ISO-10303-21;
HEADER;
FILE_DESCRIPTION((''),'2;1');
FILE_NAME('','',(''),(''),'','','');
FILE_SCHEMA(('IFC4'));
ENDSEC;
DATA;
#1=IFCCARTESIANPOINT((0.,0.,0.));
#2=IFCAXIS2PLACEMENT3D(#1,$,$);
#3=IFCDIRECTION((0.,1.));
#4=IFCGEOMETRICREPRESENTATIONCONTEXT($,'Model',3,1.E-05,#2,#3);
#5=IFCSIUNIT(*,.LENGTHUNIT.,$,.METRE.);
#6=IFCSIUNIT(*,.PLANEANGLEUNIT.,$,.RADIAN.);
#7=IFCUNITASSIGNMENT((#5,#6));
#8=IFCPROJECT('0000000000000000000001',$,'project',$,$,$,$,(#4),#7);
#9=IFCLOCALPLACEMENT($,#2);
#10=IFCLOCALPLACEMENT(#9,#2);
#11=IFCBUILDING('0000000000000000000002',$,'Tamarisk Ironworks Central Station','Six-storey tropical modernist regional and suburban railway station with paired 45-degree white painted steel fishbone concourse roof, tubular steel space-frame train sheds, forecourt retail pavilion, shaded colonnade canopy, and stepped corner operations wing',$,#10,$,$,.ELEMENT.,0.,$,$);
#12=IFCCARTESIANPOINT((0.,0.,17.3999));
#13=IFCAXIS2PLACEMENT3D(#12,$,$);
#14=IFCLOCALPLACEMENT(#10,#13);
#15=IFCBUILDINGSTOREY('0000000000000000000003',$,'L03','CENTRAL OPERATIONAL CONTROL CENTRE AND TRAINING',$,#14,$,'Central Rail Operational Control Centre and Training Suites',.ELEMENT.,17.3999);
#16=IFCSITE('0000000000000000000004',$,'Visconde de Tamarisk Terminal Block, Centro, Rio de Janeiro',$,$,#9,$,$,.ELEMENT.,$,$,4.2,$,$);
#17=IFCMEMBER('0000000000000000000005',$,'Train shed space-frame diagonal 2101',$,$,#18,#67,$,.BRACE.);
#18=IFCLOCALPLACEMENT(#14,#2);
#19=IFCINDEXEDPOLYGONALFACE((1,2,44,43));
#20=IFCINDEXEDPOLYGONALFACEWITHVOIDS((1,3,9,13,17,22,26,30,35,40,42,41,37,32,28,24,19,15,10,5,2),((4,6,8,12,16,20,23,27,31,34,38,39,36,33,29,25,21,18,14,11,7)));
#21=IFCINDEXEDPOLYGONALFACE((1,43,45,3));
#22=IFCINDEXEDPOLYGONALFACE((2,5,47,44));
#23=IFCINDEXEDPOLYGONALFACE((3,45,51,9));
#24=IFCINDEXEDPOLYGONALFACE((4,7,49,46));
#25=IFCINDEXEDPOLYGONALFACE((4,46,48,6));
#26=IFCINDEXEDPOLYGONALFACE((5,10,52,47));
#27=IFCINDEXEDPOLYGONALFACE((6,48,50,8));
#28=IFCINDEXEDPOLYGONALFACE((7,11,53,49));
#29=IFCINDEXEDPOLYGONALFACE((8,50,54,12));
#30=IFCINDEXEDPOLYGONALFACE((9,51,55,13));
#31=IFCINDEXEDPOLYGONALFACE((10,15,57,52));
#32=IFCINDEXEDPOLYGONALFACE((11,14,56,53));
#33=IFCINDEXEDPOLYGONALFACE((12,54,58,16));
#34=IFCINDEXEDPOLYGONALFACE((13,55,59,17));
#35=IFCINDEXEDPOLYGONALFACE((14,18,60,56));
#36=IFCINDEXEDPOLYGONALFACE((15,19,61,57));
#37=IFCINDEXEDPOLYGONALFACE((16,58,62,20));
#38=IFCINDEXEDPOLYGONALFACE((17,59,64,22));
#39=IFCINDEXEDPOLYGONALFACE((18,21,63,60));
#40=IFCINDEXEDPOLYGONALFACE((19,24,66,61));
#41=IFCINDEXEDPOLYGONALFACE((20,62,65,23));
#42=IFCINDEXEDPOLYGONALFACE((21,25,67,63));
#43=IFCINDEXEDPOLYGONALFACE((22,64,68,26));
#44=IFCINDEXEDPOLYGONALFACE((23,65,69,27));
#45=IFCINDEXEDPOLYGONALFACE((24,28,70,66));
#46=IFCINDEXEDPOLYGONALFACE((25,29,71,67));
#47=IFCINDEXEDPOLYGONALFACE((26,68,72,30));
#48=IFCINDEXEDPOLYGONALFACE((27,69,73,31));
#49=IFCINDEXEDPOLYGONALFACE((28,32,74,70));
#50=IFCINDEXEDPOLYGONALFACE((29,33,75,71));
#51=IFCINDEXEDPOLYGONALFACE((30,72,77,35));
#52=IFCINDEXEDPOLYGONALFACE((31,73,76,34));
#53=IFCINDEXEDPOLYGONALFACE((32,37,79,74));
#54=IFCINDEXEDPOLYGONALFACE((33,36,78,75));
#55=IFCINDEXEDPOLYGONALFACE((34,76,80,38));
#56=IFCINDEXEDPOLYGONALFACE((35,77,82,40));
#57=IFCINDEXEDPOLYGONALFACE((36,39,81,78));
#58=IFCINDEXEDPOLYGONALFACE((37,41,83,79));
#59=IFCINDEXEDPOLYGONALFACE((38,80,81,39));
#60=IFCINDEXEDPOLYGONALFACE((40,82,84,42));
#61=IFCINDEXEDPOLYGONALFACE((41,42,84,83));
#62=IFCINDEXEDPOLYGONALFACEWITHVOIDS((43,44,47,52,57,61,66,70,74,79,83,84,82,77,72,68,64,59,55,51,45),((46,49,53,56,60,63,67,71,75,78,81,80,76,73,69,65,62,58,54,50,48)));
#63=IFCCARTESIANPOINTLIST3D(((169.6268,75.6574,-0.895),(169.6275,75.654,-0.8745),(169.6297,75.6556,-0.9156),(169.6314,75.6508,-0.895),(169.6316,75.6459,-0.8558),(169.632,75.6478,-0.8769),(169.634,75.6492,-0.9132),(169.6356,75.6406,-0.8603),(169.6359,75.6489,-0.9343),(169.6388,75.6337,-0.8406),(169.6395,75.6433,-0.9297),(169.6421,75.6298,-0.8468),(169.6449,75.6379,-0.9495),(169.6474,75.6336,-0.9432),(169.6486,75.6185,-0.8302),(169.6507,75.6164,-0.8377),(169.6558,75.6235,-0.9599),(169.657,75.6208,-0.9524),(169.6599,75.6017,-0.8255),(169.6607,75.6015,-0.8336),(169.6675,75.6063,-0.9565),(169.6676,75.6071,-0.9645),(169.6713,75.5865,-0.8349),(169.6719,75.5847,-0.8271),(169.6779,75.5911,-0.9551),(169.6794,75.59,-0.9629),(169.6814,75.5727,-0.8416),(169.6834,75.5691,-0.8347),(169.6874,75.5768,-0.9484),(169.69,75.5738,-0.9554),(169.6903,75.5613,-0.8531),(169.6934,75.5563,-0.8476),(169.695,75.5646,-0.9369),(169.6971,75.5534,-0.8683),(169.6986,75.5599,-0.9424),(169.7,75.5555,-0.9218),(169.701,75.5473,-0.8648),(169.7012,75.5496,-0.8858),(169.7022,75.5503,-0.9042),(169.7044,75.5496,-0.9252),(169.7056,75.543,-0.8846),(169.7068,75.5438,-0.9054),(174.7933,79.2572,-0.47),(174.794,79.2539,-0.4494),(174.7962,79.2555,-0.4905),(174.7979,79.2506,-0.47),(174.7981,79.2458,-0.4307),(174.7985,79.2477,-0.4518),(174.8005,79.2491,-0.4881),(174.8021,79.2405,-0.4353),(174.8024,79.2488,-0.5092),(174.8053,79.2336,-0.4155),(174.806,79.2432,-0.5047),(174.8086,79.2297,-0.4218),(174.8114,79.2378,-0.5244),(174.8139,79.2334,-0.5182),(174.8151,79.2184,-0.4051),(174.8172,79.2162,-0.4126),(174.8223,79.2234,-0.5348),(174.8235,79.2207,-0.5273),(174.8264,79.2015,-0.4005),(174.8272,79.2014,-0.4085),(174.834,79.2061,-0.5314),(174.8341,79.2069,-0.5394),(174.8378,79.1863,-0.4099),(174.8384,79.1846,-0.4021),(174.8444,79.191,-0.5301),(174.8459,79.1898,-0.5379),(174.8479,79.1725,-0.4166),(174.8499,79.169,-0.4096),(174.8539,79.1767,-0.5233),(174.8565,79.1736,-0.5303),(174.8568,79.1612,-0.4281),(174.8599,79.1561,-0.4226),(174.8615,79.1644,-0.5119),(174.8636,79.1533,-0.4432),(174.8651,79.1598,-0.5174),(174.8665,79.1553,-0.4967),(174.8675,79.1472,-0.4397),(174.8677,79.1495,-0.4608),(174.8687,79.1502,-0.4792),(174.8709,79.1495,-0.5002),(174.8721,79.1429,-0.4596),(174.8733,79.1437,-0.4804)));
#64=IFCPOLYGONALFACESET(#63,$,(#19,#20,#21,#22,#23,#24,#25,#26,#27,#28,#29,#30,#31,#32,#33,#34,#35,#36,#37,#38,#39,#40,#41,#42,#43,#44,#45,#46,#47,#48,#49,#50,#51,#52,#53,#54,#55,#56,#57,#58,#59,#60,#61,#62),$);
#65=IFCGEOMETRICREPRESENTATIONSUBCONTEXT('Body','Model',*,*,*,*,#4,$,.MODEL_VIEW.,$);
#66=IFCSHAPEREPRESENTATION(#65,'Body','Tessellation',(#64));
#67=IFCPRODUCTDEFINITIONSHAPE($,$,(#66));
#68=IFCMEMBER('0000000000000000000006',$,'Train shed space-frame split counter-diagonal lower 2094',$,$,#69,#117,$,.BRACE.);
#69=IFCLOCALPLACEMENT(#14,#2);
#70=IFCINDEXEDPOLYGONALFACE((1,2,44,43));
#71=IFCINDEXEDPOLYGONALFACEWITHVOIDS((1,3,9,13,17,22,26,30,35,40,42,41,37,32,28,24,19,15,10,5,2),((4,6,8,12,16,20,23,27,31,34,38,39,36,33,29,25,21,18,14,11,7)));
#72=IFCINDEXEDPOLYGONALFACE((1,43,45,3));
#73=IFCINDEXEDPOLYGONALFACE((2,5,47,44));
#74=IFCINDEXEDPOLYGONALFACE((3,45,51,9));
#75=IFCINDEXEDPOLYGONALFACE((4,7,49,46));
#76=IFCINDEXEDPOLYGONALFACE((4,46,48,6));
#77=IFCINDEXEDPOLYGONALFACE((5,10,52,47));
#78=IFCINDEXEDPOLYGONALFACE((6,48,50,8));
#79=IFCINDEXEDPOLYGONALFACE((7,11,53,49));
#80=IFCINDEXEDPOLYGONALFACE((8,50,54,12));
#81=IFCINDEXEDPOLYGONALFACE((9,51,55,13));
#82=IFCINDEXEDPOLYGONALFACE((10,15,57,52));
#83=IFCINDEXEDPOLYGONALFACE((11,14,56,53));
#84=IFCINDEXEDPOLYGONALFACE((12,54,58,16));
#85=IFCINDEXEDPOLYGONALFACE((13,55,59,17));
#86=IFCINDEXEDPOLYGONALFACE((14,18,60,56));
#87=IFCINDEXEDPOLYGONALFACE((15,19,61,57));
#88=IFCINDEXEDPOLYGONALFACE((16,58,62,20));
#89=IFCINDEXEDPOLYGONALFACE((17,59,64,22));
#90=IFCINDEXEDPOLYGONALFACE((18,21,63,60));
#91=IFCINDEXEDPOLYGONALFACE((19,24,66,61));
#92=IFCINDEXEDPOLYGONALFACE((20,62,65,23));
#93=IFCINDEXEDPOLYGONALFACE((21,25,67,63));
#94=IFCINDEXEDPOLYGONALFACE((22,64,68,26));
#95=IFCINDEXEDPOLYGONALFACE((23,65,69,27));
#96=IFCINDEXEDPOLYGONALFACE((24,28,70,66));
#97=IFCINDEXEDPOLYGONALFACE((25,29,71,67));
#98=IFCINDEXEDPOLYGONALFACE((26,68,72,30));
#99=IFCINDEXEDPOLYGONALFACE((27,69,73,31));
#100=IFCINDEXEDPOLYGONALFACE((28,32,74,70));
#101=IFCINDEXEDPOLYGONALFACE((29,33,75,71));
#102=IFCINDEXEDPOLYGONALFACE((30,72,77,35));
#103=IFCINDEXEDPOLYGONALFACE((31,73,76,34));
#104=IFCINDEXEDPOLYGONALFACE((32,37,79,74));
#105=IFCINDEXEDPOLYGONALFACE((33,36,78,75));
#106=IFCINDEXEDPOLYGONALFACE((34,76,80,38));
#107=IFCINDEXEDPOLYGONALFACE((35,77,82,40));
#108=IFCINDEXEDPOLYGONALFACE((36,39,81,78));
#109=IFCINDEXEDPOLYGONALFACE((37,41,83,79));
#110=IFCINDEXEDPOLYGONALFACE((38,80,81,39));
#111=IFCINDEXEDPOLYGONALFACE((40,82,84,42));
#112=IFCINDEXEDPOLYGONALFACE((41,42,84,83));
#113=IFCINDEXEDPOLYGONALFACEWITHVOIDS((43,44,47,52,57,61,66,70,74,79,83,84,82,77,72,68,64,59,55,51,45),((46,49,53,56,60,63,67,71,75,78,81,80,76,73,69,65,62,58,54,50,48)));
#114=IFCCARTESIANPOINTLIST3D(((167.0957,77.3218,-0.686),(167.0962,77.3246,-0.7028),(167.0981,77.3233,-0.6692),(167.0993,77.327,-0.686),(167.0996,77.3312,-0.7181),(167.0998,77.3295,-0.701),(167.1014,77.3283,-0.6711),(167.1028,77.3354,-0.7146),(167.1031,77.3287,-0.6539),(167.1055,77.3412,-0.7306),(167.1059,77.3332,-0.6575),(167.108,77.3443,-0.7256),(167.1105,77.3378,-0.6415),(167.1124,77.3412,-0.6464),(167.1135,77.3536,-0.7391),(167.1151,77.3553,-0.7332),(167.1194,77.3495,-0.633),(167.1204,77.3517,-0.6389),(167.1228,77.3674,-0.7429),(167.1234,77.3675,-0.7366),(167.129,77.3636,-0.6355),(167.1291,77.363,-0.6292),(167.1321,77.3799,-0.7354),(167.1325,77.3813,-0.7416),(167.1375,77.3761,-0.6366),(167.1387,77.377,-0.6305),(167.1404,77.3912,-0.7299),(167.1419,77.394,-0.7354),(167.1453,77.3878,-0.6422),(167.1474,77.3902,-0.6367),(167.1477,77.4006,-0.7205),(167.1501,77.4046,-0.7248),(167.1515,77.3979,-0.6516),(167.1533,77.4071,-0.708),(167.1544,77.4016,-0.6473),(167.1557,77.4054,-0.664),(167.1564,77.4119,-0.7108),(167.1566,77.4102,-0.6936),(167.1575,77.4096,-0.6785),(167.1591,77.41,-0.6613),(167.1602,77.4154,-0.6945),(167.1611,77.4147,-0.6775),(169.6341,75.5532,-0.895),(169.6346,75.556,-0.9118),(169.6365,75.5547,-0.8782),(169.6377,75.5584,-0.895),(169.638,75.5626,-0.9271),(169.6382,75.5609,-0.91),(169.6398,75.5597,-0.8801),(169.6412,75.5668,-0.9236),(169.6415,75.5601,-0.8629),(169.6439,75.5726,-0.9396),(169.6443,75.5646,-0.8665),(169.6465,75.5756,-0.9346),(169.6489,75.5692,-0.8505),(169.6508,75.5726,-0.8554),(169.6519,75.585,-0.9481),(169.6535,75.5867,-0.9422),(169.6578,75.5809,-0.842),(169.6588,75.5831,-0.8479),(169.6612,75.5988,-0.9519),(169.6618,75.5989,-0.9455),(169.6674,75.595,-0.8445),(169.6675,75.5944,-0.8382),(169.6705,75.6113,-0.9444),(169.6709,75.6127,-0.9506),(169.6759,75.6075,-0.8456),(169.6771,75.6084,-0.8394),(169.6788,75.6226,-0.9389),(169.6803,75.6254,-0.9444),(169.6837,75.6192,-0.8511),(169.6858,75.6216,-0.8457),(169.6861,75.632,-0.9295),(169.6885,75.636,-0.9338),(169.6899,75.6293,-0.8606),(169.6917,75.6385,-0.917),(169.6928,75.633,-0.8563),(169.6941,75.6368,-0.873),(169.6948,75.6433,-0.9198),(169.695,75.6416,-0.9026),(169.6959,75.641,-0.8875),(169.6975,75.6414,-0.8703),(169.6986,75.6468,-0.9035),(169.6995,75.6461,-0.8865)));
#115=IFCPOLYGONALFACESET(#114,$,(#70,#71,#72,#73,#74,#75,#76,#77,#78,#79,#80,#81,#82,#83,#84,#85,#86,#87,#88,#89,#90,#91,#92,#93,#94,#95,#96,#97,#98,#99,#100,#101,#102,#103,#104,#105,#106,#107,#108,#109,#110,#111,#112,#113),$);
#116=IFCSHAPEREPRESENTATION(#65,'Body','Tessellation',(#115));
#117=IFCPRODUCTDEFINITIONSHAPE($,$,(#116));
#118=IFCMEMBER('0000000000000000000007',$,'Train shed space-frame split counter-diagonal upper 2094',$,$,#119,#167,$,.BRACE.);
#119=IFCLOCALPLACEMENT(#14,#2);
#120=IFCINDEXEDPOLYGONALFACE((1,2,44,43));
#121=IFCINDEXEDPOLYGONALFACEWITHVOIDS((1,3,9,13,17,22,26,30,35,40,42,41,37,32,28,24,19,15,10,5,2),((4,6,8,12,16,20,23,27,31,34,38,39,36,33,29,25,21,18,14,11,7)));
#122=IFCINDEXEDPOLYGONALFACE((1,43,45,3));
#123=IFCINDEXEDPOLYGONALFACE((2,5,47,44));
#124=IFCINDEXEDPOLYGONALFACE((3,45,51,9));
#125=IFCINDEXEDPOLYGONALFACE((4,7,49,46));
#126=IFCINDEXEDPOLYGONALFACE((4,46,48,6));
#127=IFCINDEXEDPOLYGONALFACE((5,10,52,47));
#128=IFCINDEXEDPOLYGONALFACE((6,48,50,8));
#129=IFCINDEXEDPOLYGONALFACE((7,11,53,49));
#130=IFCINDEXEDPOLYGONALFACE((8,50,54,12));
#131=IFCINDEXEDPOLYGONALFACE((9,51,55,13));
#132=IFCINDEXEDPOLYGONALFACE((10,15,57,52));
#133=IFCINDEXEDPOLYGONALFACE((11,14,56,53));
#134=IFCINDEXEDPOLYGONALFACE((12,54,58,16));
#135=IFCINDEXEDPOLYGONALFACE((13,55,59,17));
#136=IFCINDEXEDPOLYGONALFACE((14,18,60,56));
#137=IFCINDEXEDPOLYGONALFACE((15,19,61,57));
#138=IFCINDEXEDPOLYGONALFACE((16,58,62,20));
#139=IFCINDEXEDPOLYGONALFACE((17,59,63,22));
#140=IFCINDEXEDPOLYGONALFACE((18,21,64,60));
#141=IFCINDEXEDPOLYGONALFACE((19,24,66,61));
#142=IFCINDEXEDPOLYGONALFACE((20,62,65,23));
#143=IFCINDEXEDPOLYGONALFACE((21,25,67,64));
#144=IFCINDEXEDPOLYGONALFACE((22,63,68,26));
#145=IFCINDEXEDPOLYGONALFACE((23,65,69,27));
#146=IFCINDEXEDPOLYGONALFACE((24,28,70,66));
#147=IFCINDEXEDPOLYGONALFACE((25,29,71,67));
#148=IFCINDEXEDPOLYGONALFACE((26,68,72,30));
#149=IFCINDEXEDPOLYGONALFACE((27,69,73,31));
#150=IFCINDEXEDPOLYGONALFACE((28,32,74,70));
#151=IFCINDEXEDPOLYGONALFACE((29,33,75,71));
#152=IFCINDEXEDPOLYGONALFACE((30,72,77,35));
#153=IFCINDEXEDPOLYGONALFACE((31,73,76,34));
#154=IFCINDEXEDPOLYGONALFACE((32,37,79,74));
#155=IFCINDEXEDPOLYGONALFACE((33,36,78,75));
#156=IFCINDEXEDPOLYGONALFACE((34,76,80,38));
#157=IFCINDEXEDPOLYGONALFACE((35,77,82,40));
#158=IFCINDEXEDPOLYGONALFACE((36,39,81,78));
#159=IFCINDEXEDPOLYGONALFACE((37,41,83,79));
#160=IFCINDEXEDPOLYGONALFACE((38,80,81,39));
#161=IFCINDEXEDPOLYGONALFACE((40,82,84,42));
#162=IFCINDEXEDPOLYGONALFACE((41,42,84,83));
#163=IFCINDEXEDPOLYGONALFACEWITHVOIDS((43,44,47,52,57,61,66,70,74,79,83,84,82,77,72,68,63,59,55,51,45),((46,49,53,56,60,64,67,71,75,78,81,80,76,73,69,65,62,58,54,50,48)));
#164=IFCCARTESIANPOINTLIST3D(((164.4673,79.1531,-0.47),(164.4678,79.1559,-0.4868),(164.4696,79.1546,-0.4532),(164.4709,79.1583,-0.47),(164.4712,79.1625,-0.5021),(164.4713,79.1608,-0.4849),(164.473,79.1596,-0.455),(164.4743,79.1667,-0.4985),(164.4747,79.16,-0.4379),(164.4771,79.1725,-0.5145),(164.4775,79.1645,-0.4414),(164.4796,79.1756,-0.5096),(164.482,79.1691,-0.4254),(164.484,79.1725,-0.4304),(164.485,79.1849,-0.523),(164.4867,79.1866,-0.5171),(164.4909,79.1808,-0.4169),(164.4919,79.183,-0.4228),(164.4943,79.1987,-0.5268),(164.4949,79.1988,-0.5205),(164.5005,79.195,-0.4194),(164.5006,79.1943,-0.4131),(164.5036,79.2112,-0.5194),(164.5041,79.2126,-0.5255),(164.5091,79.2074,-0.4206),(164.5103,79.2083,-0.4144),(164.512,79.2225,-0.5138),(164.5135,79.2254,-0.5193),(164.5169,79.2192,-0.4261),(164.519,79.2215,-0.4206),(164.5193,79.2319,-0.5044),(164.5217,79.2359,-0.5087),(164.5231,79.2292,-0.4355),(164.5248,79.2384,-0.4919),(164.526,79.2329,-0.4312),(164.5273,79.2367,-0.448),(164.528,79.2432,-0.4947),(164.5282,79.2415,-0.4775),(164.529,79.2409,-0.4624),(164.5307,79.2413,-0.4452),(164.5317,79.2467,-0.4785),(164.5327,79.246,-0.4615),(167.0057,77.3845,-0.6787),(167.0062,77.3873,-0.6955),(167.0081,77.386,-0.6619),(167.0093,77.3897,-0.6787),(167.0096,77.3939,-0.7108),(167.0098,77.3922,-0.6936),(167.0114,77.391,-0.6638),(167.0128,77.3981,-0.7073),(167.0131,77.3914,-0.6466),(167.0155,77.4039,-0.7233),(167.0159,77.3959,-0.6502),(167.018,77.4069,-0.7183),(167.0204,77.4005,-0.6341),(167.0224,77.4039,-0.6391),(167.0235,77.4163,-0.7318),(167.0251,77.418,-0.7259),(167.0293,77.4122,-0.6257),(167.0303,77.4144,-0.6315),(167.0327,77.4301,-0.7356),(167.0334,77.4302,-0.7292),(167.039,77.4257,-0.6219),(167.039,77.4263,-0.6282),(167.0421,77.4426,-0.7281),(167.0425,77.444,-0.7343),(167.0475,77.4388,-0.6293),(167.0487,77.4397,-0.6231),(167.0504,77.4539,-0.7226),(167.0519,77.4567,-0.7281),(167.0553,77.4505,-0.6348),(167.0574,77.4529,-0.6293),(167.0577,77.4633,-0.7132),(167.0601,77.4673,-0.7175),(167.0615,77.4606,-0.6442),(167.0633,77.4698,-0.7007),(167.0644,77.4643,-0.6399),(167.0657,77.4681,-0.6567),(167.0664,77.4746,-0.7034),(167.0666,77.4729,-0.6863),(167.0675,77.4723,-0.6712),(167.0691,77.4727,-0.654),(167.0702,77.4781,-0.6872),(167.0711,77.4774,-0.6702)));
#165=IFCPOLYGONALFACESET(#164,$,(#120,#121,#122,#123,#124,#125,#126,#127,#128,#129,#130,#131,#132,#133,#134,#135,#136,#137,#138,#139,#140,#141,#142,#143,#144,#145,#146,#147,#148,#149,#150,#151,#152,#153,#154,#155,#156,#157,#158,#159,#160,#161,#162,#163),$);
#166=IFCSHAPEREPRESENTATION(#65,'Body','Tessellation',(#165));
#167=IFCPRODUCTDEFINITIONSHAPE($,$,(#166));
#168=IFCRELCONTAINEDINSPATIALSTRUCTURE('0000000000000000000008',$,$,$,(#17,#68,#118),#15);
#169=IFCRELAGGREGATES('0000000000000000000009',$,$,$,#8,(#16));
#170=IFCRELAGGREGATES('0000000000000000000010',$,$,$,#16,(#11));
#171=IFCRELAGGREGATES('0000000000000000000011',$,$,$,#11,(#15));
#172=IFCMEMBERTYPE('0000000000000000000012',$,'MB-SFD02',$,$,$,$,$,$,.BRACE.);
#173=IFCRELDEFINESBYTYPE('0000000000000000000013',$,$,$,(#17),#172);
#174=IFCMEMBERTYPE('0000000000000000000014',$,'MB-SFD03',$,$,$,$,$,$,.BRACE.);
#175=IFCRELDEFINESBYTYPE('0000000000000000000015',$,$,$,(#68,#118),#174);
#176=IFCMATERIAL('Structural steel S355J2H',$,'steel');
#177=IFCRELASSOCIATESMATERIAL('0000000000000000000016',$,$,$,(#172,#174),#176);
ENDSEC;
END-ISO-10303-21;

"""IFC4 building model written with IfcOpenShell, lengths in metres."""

from ifc_helpers import new_model, si_unit, direction, frame, origin, origin_2d, place, context, subcontext, project, spatial, hollow_circle, extrude, material, material_profile, profile_set, type_object, element, save


model = new_model("IFC4")

# Units and contexts
model_context = context("Model", 3, precision=1e-05, world=origin(), true_north=direction((0.0, 1.0)))
body_context = subcontext(model_context, "Body", "Model", "MODEL_VIEW")
ifc_project = project(units=[si_unit("LENGTHUNIT", "METRE"), si_unit("PLANEANGLEUNIT", "RADIAN")], contexts=[model_context])

# Site, building, storey
site_placement = place(None, origin())
site = spatial("IfcSite", under=ifc_project, at=site_placement, Name="Visconde de Tamarisk Terminal Block, Centro, Rio de Janeiro", CompositionType="ELEMENT", RefElevation=4.2)
building_placement = place(site_placement, origin())
building = spatial("IfcBuilding", under=site, at=building_placement, Name="Tamarisk Ironworks Central Station", Description="Six-storey tropical modernist regional and suburban railway station with paired 45-degree white painted steel fishbone concourse roof, tubular steel space-frame train sheds, forecourt retail pavilion, shaded colonnade canopy, and stepped corner operations wing", CompositionType="ELEMENT", ElevationOfRefHeight=0.0)
storey_placement = place(building_placement, frame((0.0, 0.0, 17.3999)))
storey = spatial("IfcBuildingStorey", under=building, at=storey_placement, Name="L03", Description="CENTRAL OPERATIONAL CONTROL CENTRE AND TRAINING", LongName="Central Rail Operational Control Centre and Training Suites", CompositionType="ELEMENT", Elevation=17.3999)

# Members
ifc_material_1 = material(Name="Structural steel S355J2H", Category="steel")
ifc_material_profile_1 = material_profile(ifc_material_1, hollow_circle(Radius=0.0698, WallThickness=0.0081, at=origin_2d()), Name="CHS 139.7x8")
ifc_profile_set_1 = profile_set([ifc_material_profile_1], Name="Structural steel S355J2H")
member_type_1 = type_object("IfcMemberType", Name="MB-SFD02", PredefinedType="BRACE", material=ifc_profile_set_1)
member_1_placement = place(storey_placement, frame((169.6667, 75.6001, -0.895), z_axis=(0.818613, 0.570383, 0.067347), x_axis=(-0.571681, 0.820476, 0.0)))
element("IfcMember", 1, at=member_1_placement, inside=storey, type_object=member_type_1, Name="Train shed space-frame diagonal 2101", PredefinedType="BRACE", context=body_context, shape_type="SweptSolid", body=[
    extrude(hollow_circle(Radius=0.0698, WallThickness=0.0081, at=origin_2d()), origin(), (0.0, 0.0, 1.0), 6.3113),
])
ifc_material_profile_2 = material_profile(ifc_material_1, hollow_circle(Radius=0.0571, WallThickness=0.0063, at=origin_2d()), Name="CHS 114.3x6.3")
ifc_profile_set_2 = profile_set([ifc_material_profile_2], Name="Structural steel S355J2H")
member_type_2 = type_object("IfcMemberType", Name="MB-SFD03", PredefinedType="BRACE", material=ifc_profile_set_2)
for number, where, z_axis, x_axis, name in (
    (2, (169.6667, 75.6001, -0.895), (-0.818621, 0.570366, 0.067398), (-0.571666, -0.820487, 0.0), "Train shed space-frame split counter-diagonal lower 2094"),
    (3, (167.0383, 77.4314, -0.6787), (-0.818625, 0.570369, 0.06732), (-0.571666, -0.820487, 0.0), "Train shed space-frame split counter-diagonal upper 2094"),
):
    element("IfcMember", number, at=place(storey_placement, frame(where, z_axis=z_axis, x_axis=x_axis)), inside=storey, type_object=member_type_2, Name=name, PredefinedType="BRACE", context=body_context, shape_type="SweptSolid", body=[
        extrude(hollow_circle(Radius=0.0571, WallThickness=0.0063, at=origin_2d()), origin(), (0.0, 0.0, 1.0), 3.1008),
    ])

save(model, "model.ifc")
